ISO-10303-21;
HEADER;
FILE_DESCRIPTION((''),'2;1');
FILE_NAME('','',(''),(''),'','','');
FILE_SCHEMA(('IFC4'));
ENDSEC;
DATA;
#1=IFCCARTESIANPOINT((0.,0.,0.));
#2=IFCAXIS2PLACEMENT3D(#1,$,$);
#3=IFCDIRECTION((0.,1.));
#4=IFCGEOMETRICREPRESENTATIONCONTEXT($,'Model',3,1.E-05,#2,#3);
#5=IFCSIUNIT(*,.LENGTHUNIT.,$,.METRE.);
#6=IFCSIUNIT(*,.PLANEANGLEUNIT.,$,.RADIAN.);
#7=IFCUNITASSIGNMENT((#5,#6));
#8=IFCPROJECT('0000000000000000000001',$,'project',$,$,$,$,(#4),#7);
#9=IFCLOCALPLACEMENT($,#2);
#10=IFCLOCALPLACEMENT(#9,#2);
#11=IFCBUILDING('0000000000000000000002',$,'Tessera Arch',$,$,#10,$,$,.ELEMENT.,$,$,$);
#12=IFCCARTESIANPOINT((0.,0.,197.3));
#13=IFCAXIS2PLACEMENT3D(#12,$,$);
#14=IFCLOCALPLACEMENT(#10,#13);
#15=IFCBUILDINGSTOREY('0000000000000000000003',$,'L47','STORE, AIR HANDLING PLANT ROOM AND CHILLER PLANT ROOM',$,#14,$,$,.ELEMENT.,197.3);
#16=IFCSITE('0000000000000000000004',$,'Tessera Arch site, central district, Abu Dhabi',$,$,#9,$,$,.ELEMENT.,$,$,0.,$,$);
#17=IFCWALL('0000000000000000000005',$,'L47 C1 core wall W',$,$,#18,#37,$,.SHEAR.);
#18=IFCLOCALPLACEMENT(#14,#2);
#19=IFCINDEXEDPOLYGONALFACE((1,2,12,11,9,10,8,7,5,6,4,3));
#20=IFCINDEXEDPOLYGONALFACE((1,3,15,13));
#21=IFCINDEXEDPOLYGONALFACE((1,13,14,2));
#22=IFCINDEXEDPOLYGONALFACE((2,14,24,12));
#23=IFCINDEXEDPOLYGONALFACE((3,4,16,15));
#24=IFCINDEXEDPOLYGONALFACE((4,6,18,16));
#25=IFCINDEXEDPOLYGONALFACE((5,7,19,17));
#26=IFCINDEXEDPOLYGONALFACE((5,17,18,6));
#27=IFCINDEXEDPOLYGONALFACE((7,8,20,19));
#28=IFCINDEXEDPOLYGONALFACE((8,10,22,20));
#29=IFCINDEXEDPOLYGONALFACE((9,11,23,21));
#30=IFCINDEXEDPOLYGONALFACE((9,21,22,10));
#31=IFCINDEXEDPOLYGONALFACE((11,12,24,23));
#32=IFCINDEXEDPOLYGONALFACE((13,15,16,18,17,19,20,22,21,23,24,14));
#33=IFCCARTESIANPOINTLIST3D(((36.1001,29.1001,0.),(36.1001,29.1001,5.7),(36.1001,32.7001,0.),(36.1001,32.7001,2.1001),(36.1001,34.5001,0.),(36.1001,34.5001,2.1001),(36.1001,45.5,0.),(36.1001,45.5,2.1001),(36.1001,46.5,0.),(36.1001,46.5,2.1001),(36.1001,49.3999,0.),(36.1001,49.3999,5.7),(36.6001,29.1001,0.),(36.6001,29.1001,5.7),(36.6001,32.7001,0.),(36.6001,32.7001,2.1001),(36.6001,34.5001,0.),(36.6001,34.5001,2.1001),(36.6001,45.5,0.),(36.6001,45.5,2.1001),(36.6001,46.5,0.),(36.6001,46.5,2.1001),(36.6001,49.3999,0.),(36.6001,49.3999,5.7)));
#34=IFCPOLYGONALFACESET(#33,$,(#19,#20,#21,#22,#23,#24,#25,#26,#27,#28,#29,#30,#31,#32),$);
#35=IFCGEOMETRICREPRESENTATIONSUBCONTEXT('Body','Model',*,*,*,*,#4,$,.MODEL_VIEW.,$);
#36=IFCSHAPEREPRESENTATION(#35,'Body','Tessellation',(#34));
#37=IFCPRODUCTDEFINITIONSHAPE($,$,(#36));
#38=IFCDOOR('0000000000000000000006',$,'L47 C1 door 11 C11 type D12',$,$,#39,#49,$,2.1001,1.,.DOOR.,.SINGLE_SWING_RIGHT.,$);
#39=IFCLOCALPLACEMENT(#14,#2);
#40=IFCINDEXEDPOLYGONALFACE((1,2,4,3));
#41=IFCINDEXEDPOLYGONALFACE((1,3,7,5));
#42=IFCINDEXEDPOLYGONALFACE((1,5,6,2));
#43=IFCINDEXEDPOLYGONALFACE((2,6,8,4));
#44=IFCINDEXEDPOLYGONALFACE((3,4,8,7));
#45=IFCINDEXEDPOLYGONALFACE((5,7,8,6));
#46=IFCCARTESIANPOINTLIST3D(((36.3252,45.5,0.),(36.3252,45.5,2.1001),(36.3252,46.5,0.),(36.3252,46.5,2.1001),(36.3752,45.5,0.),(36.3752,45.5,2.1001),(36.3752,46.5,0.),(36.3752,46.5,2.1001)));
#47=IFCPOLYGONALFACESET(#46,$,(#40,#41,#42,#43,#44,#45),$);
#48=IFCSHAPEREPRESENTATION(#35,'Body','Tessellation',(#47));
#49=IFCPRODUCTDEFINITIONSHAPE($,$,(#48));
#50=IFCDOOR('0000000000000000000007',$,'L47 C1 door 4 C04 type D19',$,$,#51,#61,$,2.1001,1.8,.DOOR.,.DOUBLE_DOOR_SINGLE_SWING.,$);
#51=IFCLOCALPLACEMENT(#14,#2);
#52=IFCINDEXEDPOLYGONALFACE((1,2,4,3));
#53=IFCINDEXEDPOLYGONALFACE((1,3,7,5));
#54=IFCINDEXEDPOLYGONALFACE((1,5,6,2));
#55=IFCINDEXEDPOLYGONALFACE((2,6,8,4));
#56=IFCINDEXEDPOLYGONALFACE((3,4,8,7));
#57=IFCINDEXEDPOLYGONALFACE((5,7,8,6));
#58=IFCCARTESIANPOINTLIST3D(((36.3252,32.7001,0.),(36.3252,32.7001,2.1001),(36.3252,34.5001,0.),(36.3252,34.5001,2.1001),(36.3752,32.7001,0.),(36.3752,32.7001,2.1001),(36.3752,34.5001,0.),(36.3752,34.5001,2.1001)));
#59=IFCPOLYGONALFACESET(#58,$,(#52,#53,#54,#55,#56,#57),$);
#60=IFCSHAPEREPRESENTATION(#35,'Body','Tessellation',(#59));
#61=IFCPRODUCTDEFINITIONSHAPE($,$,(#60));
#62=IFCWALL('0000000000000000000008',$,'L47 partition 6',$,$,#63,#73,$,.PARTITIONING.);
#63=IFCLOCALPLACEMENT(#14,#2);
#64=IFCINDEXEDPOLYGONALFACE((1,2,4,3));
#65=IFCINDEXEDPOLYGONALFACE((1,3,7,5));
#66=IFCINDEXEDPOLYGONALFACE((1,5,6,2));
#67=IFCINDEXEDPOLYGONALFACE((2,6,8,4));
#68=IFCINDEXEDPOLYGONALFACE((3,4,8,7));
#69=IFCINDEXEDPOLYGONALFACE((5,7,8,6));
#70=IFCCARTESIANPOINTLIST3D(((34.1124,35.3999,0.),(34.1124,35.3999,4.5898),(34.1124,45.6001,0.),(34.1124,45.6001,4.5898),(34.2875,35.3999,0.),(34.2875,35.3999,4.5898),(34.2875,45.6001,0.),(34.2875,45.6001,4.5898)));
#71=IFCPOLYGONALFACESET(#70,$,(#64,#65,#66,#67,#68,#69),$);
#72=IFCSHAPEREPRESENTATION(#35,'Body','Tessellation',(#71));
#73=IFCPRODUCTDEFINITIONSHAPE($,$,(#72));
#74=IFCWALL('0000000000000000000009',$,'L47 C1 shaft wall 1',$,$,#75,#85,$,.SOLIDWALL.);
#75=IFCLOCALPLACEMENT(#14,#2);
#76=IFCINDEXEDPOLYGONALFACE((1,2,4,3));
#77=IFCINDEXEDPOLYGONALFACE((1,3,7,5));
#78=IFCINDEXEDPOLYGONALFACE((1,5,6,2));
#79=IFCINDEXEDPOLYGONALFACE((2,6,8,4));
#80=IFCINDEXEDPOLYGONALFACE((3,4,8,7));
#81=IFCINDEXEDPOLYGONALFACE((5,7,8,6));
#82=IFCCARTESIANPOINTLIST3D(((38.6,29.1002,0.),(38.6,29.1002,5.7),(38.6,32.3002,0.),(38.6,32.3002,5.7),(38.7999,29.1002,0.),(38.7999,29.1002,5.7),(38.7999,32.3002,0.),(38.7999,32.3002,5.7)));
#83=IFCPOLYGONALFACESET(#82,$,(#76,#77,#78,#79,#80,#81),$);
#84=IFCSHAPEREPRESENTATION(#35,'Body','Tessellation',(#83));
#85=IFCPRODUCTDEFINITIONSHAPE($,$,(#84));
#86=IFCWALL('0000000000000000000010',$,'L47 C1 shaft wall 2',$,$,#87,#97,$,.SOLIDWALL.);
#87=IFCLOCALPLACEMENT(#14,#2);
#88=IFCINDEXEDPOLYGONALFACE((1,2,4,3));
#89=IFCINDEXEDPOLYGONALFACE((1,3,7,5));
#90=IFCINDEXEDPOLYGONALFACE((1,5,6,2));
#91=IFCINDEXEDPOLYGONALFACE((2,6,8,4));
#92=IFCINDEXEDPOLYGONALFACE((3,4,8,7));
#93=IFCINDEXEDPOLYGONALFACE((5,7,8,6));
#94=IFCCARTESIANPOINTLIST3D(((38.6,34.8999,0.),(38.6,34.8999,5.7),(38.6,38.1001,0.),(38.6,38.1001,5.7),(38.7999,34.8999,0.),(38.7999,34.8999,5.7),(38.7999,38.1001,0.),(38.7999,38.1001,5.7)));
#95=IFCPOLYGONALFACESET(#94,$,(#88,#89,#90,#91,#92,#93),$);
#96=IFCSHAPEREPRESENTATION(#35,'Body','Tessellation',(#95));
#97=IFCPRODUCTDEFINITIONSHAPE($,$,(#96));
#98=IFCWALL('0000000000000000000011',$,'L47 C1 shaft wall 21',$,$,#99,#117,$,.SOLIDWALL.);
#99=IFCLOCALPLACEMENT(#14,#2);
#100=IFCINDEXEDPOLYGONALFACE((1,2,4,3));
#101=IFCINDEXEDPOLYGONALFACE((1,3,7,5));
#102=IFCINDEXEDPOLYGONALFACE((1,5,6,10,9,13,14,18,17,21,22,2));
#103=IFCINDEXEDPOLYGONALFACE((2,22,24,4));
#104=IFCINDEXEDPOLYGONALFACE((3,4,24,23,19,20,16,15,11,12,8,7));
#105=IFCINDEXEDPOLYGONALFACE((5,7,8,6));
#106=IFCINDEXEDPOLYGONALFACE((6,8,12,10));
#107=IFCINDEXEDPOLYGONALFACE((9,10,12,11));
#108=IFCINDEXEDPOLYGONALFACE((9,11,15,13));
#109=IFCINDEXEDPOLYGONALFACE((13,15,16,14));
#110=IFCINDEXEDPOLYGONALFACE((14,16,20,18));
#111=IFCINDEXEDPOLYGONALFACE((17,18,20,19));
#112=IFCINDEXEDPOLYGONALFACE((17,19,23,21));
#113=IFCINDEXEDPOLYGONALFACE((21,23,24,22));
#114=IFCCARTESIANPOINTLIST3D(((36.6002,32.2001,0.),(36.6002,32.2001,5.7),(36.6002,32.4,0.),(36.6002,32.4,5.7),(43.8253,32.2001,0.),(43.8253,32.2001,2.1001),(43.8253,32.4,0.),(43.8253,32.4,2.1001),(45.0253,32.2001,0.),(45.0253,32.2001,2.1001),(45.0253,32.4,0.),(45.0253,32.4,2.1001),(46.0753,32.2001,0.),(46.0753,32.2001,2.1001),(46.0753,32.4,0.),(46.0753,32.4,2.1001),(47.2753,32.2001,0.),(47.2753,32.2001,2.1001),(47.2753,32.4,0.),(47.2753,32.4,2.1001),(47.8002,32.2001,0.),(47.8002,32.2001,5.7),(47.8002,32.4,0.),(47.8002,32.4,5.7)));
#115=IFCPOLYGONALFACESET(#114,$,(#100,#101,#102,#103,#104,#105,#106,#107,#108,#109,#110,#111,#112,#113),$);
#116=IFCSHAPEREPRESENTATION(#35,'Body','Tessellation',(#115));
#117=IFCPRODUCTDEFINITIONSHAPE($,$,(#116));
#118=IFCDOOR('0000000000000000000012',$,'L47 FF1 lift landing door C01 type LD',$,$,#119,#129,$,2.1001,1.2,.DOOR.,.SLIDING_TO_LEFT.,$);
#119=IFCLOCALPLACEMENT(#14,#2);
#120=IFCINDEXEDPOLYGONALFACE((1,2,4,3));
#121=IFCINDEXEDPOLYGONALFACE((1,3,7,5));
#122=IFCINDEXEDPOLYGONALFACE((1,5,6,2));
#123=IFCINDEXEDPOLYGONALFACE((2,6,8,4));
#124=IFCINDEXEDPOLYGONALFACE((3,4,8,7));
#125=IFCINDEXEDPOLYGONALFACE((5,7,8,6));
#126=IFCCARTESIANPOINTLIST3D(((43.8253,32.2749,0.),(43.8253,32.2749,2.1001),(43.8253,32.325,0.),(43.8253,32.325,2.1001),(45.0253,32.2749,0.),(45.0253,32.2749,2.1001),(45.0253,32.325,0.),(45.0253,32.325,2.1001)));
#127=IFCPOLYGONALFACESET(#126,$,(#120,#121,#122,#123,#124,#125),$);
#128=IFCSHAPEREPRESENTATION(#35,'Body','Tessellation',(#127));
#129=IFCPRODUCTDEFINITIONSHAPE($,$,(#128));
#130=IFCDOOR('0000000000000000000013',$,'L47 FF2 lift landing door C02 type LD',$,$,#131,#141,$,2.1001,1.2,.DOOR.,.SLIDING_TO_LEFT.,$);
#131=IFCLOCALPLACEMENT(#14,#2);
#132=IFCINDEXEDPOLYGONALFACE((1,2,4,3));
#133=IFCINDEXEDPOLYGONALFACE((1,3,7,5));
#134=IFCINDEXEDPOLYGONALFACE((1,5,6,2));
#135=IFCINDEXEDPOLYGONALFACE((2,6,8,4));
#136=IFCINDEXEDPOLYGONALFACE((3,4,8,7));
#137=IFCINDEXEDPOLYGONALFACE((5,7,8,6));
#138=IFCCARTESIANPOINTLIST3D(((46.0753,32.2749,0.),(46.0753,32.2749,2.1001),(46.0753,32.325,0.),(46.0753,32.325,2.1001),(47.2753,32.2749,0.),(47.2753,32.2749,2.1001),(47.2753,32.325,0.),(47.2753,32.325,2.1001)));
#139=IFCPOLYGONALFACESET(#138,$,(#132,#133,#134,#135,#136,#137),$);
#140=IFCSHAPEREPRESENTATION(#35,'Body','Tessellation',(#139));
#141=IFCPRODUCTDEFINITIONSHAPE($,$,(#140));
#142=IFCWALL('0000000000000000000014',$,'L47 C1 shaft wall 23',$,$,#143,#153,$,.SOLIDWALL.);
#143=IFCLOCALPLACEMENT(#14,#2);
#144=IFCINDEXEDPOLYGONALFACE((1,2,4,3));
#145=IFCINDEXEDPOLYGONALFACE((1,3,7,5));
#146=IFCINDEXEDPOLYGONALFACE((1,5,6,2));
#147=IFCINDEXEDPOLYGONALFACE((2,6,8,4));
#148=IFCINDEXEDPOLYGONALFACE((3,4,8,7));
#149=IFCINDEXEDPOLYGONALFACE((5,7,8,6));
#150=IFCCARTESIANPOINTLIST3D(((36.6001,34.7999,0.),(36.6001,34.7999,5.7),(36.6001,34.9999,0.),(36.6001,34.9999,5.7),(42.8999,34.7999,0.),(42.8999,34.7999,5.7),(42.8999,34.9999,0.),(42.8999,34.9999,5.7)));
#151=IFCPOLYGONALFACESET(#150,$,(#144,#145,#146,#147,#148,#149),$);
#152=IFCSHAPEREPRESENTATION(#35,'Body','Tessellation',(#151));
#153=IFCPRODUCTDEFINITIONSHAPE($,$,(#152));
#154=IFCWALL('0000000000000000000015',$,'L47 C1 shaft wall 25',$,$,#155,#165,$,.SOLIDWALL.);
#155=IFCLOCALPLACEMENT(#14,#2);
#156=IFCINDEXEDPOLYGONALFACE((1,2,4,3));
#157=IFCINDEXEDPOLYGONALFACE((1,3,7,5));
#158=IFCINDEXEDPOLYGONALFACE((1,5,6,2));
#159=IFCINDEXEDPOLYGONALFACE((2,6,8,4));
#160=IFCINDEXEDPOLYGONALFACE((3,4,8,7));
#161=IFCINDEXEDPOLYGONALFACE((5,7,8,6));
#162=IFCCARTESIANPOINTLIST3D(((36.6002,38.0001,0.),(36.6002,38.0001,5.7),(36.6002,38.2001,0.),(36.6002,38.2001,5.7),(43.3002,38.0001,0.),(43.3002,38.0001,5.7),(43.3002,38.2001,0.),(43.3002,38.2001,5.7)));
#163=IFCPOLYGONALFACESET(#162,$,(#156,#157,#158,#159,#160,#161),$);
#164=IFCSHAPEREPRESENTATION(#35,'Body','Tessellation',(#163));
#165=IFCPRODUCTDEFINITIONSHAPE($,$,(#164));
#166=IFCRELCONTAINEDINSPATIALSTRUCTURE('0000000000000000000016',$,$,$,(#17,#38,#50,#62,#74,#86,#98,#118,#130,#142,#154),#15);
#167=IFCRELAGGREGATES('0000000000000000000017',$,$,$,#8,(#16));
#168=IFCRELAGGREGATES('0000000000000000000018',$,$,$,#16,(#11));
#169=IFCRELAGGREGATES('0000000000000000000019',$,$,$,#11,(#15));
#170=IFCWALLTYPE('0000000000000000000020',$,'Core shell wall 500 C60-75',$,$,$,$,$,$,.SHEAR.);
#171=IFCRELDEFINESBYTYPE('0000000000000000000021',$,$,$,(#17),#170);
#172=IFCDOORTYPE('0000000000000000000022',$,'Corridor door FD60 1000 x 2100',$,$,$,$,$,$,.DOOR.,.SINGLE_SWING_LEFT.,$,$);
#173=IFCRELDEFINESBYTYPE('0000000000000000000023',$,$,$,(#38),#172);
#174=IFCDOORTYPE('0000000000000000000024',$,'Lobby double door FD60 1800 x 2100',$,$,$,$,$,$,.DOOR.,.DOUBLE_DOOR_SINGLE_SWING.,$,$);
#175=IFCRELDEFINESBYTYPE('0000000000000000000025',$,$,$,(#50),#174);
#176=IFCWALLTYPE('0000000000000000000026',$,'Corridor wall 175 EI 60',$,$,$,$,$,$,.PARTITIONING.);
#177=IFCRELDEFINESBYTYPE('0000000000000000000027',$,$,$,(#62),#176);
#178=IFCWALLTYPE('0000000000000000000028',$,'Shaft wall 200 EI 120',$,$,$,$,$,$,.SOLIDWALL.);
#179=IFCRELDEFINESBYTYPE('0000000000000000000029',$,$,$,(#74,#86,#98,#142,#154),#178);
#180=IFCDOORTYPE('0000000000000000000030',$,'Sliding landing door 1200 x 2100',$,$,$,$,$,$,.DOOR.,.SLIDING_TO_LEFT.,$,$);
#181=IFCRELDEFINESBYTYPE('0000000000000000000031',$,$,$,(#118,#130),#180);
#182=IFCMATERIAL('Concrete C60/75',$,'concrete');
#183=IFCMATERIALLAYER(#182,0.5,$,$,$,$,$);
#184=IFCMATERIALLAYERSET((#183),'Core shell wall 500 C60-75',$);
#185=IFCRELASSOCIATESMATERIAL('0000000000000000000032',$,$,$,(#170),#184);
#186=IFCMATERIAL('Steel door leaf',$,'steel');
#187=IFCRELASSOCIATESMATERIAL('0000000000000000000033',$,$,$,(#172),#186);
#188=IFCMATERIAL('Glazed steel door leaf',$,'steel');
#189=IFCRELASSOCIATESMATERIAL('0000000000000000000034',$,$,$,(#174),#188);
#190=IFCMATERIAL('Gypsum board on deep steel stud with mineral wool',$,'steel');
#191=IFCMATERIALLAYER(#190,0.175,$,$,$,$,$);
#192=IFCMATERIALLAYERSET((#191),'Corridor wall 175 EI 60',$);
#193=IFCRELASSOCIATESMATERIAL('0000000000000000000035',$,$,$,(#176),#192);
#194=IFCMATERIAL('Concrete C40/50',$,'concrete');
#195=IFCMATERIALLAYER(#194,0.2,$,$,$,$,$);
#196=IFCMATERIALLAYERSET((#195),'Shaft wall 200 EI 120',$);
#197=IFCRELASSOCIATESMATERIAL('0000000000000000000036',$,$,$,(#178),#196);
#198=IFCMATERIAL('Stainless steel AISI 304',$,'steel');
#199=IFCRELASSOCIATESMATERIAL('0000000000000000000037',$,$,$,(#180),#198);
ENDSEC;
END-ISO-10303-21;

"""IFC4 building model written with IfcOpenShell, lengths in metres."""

from ifc_helpers import new_model, si_unit, direction, frame, frame_2d, origin, place, context, subcontext, project, spatial, rectangle, extrude, material, layer, layer_set, type_object, element, fill, save


model = new_model("IFC4")

# Units and contexts
model_context = context("Model", 3, precision=1e-05, world=origin(), true_north=direction((0.0, 1.0)))
body_context = subcontext(model_context, "Body", "Model", "MODEL_VIEW")
ifc_project = project(units=[si_unit("LENGTHUNIT", "METRE"), si_unit("PLANEANGLEUNIT", "RADIAN")], contexts=[model_context])

# Site, building, storey
site_placement = place(None, origin())
site = spatial("IfcSite", under=ifc_project, at=site_placement, Name="Tessera Arch site, central district, Abu Dhabi", CompositionType="ELEMENT", RefElevation=0.0)
building_placement = place(site_placement, origin())
building = spatial("IfcBuilding", under=site, at=building_placement, Name="Tessera Arch", CompositionType="ELEMENT")
storey_placement = place(building_placement, frame((0.0, 0.0, 197.3)))
storey = spatial("IfcBuildingStorey", under=building, at=storey_placement, Name="L47", Description="STORE, AIR HANDLING PLANT ROOM AND CHILLER PLANT ROOM", CompositionType="ELEMENT", Elevation=197.3)

# Shared definitions
ifc_material_1 = material(Name="Concrete C60/75", Category="concrete")
ifc_layer_1 = layer(ifc_material_1, 0.5)
ifc_layer_set_1 = layer_set([ifc_layer_1], Name="Core shell wall 500 C60-75")
wall_type_1 = type_object("IfcWallType", Name="Core shell wall 500 C60-75", PredefinedType="SHEAR", material=ifc_layer_set_1)

# Wall, openings, doors
wall_1_placement = place(storey_placement, frame((36.3501, 29.1001, 0.0), z_axis=(0.0, 0.0, 1.0), x_axis=(0.0, 1.0, 0.0)))
wall_1 = element("IfcWall", 1, at=wall_1_placement, inside=storey, type_object=wall_type_1, Name="L47 C1 core wall W", PredefinedType="SHEAR", context=body_context, shape_type="SweptSolid", body=[
    extrude(rectangle(XDim=20.2998, YDim=0.5, at=frame_2d((10.1499, 0.0))), origin(), (0.0, 0.0, 1.0), 5.7),
])
opening_1_placement = place(wall_1_placement, frame((3.6001, 0.0, 0.0)))
opening_1 = element("IfcOpeningElement", 2, at=opening_1_placement, cuts=wall_1, PredefinedType="OPENING", context=body_context, shape_type="SweptSolid", body=[
    extrude(rectangle(XDim=1.8, YDim=2.1001, at=frame_2d((0.8999, 1.05))), frame((0.0, 0.26, 0.0), z_axis=(0.0, -1.0, 0.0), x_axis=(1.0, 0.0, 0.0)), (0.0, 0.0, 1.0), 0.52),
])
opening_2_placement = place(wall_1_placement, frame((16.3999, 0.0, 0.0)))
opening_2 = element("IfcOpeningElement", 3, at=opening_2_placement, cuts=wall_1, PredefinedType="OPENING", context=body_context, shape_type="SweptSolid", body=[
    extrude(rectangle(XDim=1.0, YDim=2.1001, at=frame_2d((0.5, 1.05))), frame((0.0, 0.26, 0.0), z_axis=(0.0, -1.0, 0.0), x_axis=(1.0, 0.0, 0.0)), (0.0, 0.0, 1.0), 0.52),
])
ifc_material_2 = material(Name="Steel door leaf", Category="steel")
door_type_1 = type_object("IfcDoorType", Name="Corridor door FD60 1000 x 2100", OperationType="SINGLE_SWING_LEFT", PredefinedType="DOOR", material=ifc_material_2)
door_1_placement = place(opening_2_placement, origin())
door_1 = element("IfcDoor", 4, at=door_1_placement, inside=storey, type_object=door_type_1, Name="L47 C1 door 11 C11 type D12", OperationType="SINGLE_SWING_RIGHT", OverallHeight=2.1001, OverallWidth=1.0, PredefinedType="DOOR", context=body_context, shape_type="SweptSolid", body=[
    extrude(rectangle(XDim=1.0, YDim=2.1001, at=frame_2d((0.5, 1.05))), frame((0.0, 0.0249, 0.0), z_axis=(0.0, -1.0, 0.0), x_axis=(1.0, 0.0, 0.0)), (0.0, 0.0, 1.0), 0.05),
])
fill(opening_2, door_1)
ifc_material_3 = material(Name="Glazed steel door leaf", Category="steel")
door_type_2 = type_object("IfcDoorType", Name="Lobby double door FD60 1800 x 2100", OperationType="DOUBLE_DOOR_SINGLE_SWING", PredefinedType="DOOR", material=ifc_material_3)
door_2_placement = place(opening_1_placement, origin())
door_2 = element("IfcDoor", 5, at=door_2_placement, inside=storey, type_object=door_type_2, Name="L47 C1 door 4 C04 type D19", OperationType="DOUBLE_DOOR_SINGLE_SWING", OverallHeight=2.1001, OverallWidth=1.8, PredefinedType="DOOR", context=body_context, shape_type="SweptSolid", body=[
    extrude(rectangle(XDim=1.8, YDim=2.1001, at=frame_2d((0.8999, 1.05))), frame((0.0, 0.0249, 0.0), z_axis=(0.0, -1.0, 0.0), x_axis=(1.0, 0.0, 0.0)), (0.0, 0.0, 1.0), 0.05),
])
fill(opening_1, door_2)

# Walls
ifc_material_4 = material(Name="Gypsum board on deep steel stud with mineral wool", Category="steel")
ifc_layer_2 = layer(ifc_material_4, 0.175)
ifc_layer_set_2 = layer_set([ifc_layer_2], Name="Corridor wall 175 EI 60")
wall_type_2 = type_object("IfcWallType", Name="Corridor wall 175 EI 60", PredefinedType="PARTITIONING", material=ifc_layer_set_2)
wall_2_placement = place(storey_placement, frame((34.2, 35.3999, 0.0), z_axis=(0.0, 0.0, 1.0), x_axis=(0.0, 1.0, 0.0)))
element("IfcWall", 6, at=wall_2_placement, inside=storey, type_object=wall_type_2, Name="L47 partition 6", PredefinedType="PARTITIONING", context=body_context, shape_type="SweptSolid", body=[
    extrude(rectangle(XDim=10.2002, YDim=0.175, at=frame_2d((5.1001, 0.0))), origin(), (0.0, 0.0, 1.0), 4.5898),
])
ifc_material_5 = material(Name="Concrete C40/50", Category="concrete")
ifc_layer_3 = layer(ifc_material_5, 0.2)
ifc_layer_set_3 = layer_set([ifc_layer_3], Name="Shaft wall 200 EI 120")
wall_type_3 = type_object("IfcWallType", Name="Shaft wall 200 EI 120", PredefinedType="SOLIDWALL", material=ifc_layer_set_3)
wall_3_placement = place(storey_placement, frame((38.7, 29.1001, 0.0), z_axis=(0.0, 0.0, 1.0), x_axis=(0.0, 1.0, 0.0)))
element("IfcWall", 7, at=wall_3_placement, inside=storey, type_object=wall_type_3, Name="L47 C1 shaft wall 1", PredefinedType="SOLIDWALL", context=body_context, shape_type="SweptSolid", body=[
    extrude(rectangle(XDim=3.2, YDim=0.2, at=frame_2d((1.6001, 0.0))), origin(), (0.0, 0.0, 1.0), 5.7),
])
wall_4_placement = place(storey_placement, frame((38.7, 34.8999, 0.0), z_axis=(0.0, 0.0, 1.0), x_axis=(0.0, 1.0, 0.0)))
element("IfcWall", 8, at=wall_4_placement, inside=storey, type_object=wall_type_3, Name="L47 C1 shaft wall 2", PredefinedType="SOLIDWALL", context=body_context, shape_type="SweptSolid", body=[
    extrude(rectangle(XDim=3.2002, YDim=0.2, at=frame_2d((1.6001, 0.0))), origin(), (0.0, 0.0, 1.0), 5.7),
])

# Wall, openings, doors
wall_5_placement = place(storey_placement, frame((36.6001, 32.3, 0.0), z_axis=(0.0, 0.0, 1.0), x_axis=(1.0, 0.0, 0.0)))
wall_5 = element("IfcWall", 9, at=wall_5_placement, inside=storey, type_object=wall_type_3, Name="L47 C1 shaft wall 21", PredefinedType="SOLIDWALL", context=body_context, shape_type="SweptSolid", body=[
    extrude(rectangle(XDim=11.2, YDim=0.2, at=frame_2d((5.6001, 0.0))), origin(), (0.0, 0.0, 1.0), 5.7),
])
opening_3_placement = place(wall_5_placement, frame((7.2251, 0.0, 0.0)))
opening_3 = element("IfcOpeningElement", 10, at=opening_3_placement, cuts=wall_5, PredefinedType="OPENING", context=body_context, shape_type="SweptSolid", body=[
    extrude(rectangle(XDim=1.2, YDim=2.1001, at=frame_2d((0.6001, 1.05))), frame((0.0, 0.1099, 0.0), z_axis=(0.0, -1.0, 0.0), x_axis=(1.0, 0.0, 0.0)), (0.0, 0.0, 1.0), 0.22),
])
opening_4_placement = place(wall_5_placement, frame((9.4751, 0.0, 0.0)))
opening_4 = element("IfcOpeningElement", 11, at=opening_4_placement, cuts=wall_5, PredefinedType="OPENING", context=body_context, shape_type="SweptSolid", body=[
    extrude(rectangle(XDim=1.2, YDim=2.1001, at=frame_2d((0.6001, 1.05))), frame((0.0, 0.1099, 0.0), z_axis=(0.0, -1.0, 0.0), x_axis=(1.0, 0.0, 0.0)), (0.0, 0.0, 1.0), 0.22),
])
ifc_material_6 = material(Name="Stainless steel AISI 304", Category="steel")
door_type_3 = type_object("IfcDoorType", Name="Sliding landing door 1200 x 2100", OperationType="SLIDING_TO_LEFT", PredefinedType="DOOR", material=ifc_material_6)
door_3_placement = place(opening_3_placement, origin())
door_3 = element("IfcDoor", 12, at=door_3_placement, inside=storey, type_object=door_type_3, Name="L47 FF1 lift landing door C01 type LD", OperationType="SLIDING_TO_LEFT", OverallHeight=2.1001, OverallWidth=1.2, PredefinedType="DOOR", context=body_context, shape_type="SweptSolid", body=[
    extrude(rectangle(XDim=1.2, YDim=2.1001, at=frame_2d((0.6001, 1.05))), frame((0.0, 0.0249, 0.0), z_axis=(0.0, -1.0, 0.0), x_axis=(1.0, 0.0, 0.0)), (0.0, 0.0, 1.0), 0.05),
])
fill(opening_3, door_3)
door_4_placement = place(opening_4_placement, origin())
door_4 = element("IfcDoor", 13, at=door_4_placement, inside=storey, type_object=door_type_3, Name="L47 FF2 lift landing door C02 type LD", OperationType="SLIDING_TO_LEFT", OverallHeight=2.1001, OverallWidth=1.2, PredefinedType="DOOR", context=body_context, shape_type="SweptSolid", body=[
    extrude(rectangle(XDim=1.2, YDim=2.1001, at=frame_2d((0.6001, 1.05))), frame((0.0, 0.0249, 0.0), z_axis=(0.0, -1.0, 0.0), x_axis=(1.0, 0.0, 0.0)), (0.0, 0.0, 1.0), 0.05),
])
fill(opening_4, door_4)

# Walls
wall_6_placement = place(storey_placement, frame((36.6001, 34.8999, 0.0), z_axis=(0.0, 0.0, 1.0), x_axis=(1.0, 0.0, 0.0)))
element("IfcWall", 14, at=wall_6_placement, inside=storey, type_object=wall_type_3, Name="L47 C1 shaft wall 23", PredefinedType="SOLIDWALL", context=body_context, shape_type="SweptSolid", body=[
    extrude(rectangle(XDim=6.2998, YDim=0.2, at=frame_2d((3.1499, 0.0))), origin(), (0.0, 0.0, 1.0), 5.7),
])
wall_7_placement = place(storey_placement, frame((36.6001, 38.1001, 0.0), z_axis=(0.0, 0.0, 1.0), x_axis=(1.0, 0.0, 0.0)))
element("IfcWall", 15, at=wall_7_placement, inside=storey, type_object=wall_type_3, Name="L47 C1 shaft wall 25", PredefinedType="SOLIDWALL", context=body_context, shape_type="SweptSolid", body=[
    extrude(rectangle(XDim=6.7, YDim=0.2, at=frame_2d((3.3501, 0.0))), origin(), (0.0, 0.0, 1.0), 5.7),
])

save(model, "model.ifc")
